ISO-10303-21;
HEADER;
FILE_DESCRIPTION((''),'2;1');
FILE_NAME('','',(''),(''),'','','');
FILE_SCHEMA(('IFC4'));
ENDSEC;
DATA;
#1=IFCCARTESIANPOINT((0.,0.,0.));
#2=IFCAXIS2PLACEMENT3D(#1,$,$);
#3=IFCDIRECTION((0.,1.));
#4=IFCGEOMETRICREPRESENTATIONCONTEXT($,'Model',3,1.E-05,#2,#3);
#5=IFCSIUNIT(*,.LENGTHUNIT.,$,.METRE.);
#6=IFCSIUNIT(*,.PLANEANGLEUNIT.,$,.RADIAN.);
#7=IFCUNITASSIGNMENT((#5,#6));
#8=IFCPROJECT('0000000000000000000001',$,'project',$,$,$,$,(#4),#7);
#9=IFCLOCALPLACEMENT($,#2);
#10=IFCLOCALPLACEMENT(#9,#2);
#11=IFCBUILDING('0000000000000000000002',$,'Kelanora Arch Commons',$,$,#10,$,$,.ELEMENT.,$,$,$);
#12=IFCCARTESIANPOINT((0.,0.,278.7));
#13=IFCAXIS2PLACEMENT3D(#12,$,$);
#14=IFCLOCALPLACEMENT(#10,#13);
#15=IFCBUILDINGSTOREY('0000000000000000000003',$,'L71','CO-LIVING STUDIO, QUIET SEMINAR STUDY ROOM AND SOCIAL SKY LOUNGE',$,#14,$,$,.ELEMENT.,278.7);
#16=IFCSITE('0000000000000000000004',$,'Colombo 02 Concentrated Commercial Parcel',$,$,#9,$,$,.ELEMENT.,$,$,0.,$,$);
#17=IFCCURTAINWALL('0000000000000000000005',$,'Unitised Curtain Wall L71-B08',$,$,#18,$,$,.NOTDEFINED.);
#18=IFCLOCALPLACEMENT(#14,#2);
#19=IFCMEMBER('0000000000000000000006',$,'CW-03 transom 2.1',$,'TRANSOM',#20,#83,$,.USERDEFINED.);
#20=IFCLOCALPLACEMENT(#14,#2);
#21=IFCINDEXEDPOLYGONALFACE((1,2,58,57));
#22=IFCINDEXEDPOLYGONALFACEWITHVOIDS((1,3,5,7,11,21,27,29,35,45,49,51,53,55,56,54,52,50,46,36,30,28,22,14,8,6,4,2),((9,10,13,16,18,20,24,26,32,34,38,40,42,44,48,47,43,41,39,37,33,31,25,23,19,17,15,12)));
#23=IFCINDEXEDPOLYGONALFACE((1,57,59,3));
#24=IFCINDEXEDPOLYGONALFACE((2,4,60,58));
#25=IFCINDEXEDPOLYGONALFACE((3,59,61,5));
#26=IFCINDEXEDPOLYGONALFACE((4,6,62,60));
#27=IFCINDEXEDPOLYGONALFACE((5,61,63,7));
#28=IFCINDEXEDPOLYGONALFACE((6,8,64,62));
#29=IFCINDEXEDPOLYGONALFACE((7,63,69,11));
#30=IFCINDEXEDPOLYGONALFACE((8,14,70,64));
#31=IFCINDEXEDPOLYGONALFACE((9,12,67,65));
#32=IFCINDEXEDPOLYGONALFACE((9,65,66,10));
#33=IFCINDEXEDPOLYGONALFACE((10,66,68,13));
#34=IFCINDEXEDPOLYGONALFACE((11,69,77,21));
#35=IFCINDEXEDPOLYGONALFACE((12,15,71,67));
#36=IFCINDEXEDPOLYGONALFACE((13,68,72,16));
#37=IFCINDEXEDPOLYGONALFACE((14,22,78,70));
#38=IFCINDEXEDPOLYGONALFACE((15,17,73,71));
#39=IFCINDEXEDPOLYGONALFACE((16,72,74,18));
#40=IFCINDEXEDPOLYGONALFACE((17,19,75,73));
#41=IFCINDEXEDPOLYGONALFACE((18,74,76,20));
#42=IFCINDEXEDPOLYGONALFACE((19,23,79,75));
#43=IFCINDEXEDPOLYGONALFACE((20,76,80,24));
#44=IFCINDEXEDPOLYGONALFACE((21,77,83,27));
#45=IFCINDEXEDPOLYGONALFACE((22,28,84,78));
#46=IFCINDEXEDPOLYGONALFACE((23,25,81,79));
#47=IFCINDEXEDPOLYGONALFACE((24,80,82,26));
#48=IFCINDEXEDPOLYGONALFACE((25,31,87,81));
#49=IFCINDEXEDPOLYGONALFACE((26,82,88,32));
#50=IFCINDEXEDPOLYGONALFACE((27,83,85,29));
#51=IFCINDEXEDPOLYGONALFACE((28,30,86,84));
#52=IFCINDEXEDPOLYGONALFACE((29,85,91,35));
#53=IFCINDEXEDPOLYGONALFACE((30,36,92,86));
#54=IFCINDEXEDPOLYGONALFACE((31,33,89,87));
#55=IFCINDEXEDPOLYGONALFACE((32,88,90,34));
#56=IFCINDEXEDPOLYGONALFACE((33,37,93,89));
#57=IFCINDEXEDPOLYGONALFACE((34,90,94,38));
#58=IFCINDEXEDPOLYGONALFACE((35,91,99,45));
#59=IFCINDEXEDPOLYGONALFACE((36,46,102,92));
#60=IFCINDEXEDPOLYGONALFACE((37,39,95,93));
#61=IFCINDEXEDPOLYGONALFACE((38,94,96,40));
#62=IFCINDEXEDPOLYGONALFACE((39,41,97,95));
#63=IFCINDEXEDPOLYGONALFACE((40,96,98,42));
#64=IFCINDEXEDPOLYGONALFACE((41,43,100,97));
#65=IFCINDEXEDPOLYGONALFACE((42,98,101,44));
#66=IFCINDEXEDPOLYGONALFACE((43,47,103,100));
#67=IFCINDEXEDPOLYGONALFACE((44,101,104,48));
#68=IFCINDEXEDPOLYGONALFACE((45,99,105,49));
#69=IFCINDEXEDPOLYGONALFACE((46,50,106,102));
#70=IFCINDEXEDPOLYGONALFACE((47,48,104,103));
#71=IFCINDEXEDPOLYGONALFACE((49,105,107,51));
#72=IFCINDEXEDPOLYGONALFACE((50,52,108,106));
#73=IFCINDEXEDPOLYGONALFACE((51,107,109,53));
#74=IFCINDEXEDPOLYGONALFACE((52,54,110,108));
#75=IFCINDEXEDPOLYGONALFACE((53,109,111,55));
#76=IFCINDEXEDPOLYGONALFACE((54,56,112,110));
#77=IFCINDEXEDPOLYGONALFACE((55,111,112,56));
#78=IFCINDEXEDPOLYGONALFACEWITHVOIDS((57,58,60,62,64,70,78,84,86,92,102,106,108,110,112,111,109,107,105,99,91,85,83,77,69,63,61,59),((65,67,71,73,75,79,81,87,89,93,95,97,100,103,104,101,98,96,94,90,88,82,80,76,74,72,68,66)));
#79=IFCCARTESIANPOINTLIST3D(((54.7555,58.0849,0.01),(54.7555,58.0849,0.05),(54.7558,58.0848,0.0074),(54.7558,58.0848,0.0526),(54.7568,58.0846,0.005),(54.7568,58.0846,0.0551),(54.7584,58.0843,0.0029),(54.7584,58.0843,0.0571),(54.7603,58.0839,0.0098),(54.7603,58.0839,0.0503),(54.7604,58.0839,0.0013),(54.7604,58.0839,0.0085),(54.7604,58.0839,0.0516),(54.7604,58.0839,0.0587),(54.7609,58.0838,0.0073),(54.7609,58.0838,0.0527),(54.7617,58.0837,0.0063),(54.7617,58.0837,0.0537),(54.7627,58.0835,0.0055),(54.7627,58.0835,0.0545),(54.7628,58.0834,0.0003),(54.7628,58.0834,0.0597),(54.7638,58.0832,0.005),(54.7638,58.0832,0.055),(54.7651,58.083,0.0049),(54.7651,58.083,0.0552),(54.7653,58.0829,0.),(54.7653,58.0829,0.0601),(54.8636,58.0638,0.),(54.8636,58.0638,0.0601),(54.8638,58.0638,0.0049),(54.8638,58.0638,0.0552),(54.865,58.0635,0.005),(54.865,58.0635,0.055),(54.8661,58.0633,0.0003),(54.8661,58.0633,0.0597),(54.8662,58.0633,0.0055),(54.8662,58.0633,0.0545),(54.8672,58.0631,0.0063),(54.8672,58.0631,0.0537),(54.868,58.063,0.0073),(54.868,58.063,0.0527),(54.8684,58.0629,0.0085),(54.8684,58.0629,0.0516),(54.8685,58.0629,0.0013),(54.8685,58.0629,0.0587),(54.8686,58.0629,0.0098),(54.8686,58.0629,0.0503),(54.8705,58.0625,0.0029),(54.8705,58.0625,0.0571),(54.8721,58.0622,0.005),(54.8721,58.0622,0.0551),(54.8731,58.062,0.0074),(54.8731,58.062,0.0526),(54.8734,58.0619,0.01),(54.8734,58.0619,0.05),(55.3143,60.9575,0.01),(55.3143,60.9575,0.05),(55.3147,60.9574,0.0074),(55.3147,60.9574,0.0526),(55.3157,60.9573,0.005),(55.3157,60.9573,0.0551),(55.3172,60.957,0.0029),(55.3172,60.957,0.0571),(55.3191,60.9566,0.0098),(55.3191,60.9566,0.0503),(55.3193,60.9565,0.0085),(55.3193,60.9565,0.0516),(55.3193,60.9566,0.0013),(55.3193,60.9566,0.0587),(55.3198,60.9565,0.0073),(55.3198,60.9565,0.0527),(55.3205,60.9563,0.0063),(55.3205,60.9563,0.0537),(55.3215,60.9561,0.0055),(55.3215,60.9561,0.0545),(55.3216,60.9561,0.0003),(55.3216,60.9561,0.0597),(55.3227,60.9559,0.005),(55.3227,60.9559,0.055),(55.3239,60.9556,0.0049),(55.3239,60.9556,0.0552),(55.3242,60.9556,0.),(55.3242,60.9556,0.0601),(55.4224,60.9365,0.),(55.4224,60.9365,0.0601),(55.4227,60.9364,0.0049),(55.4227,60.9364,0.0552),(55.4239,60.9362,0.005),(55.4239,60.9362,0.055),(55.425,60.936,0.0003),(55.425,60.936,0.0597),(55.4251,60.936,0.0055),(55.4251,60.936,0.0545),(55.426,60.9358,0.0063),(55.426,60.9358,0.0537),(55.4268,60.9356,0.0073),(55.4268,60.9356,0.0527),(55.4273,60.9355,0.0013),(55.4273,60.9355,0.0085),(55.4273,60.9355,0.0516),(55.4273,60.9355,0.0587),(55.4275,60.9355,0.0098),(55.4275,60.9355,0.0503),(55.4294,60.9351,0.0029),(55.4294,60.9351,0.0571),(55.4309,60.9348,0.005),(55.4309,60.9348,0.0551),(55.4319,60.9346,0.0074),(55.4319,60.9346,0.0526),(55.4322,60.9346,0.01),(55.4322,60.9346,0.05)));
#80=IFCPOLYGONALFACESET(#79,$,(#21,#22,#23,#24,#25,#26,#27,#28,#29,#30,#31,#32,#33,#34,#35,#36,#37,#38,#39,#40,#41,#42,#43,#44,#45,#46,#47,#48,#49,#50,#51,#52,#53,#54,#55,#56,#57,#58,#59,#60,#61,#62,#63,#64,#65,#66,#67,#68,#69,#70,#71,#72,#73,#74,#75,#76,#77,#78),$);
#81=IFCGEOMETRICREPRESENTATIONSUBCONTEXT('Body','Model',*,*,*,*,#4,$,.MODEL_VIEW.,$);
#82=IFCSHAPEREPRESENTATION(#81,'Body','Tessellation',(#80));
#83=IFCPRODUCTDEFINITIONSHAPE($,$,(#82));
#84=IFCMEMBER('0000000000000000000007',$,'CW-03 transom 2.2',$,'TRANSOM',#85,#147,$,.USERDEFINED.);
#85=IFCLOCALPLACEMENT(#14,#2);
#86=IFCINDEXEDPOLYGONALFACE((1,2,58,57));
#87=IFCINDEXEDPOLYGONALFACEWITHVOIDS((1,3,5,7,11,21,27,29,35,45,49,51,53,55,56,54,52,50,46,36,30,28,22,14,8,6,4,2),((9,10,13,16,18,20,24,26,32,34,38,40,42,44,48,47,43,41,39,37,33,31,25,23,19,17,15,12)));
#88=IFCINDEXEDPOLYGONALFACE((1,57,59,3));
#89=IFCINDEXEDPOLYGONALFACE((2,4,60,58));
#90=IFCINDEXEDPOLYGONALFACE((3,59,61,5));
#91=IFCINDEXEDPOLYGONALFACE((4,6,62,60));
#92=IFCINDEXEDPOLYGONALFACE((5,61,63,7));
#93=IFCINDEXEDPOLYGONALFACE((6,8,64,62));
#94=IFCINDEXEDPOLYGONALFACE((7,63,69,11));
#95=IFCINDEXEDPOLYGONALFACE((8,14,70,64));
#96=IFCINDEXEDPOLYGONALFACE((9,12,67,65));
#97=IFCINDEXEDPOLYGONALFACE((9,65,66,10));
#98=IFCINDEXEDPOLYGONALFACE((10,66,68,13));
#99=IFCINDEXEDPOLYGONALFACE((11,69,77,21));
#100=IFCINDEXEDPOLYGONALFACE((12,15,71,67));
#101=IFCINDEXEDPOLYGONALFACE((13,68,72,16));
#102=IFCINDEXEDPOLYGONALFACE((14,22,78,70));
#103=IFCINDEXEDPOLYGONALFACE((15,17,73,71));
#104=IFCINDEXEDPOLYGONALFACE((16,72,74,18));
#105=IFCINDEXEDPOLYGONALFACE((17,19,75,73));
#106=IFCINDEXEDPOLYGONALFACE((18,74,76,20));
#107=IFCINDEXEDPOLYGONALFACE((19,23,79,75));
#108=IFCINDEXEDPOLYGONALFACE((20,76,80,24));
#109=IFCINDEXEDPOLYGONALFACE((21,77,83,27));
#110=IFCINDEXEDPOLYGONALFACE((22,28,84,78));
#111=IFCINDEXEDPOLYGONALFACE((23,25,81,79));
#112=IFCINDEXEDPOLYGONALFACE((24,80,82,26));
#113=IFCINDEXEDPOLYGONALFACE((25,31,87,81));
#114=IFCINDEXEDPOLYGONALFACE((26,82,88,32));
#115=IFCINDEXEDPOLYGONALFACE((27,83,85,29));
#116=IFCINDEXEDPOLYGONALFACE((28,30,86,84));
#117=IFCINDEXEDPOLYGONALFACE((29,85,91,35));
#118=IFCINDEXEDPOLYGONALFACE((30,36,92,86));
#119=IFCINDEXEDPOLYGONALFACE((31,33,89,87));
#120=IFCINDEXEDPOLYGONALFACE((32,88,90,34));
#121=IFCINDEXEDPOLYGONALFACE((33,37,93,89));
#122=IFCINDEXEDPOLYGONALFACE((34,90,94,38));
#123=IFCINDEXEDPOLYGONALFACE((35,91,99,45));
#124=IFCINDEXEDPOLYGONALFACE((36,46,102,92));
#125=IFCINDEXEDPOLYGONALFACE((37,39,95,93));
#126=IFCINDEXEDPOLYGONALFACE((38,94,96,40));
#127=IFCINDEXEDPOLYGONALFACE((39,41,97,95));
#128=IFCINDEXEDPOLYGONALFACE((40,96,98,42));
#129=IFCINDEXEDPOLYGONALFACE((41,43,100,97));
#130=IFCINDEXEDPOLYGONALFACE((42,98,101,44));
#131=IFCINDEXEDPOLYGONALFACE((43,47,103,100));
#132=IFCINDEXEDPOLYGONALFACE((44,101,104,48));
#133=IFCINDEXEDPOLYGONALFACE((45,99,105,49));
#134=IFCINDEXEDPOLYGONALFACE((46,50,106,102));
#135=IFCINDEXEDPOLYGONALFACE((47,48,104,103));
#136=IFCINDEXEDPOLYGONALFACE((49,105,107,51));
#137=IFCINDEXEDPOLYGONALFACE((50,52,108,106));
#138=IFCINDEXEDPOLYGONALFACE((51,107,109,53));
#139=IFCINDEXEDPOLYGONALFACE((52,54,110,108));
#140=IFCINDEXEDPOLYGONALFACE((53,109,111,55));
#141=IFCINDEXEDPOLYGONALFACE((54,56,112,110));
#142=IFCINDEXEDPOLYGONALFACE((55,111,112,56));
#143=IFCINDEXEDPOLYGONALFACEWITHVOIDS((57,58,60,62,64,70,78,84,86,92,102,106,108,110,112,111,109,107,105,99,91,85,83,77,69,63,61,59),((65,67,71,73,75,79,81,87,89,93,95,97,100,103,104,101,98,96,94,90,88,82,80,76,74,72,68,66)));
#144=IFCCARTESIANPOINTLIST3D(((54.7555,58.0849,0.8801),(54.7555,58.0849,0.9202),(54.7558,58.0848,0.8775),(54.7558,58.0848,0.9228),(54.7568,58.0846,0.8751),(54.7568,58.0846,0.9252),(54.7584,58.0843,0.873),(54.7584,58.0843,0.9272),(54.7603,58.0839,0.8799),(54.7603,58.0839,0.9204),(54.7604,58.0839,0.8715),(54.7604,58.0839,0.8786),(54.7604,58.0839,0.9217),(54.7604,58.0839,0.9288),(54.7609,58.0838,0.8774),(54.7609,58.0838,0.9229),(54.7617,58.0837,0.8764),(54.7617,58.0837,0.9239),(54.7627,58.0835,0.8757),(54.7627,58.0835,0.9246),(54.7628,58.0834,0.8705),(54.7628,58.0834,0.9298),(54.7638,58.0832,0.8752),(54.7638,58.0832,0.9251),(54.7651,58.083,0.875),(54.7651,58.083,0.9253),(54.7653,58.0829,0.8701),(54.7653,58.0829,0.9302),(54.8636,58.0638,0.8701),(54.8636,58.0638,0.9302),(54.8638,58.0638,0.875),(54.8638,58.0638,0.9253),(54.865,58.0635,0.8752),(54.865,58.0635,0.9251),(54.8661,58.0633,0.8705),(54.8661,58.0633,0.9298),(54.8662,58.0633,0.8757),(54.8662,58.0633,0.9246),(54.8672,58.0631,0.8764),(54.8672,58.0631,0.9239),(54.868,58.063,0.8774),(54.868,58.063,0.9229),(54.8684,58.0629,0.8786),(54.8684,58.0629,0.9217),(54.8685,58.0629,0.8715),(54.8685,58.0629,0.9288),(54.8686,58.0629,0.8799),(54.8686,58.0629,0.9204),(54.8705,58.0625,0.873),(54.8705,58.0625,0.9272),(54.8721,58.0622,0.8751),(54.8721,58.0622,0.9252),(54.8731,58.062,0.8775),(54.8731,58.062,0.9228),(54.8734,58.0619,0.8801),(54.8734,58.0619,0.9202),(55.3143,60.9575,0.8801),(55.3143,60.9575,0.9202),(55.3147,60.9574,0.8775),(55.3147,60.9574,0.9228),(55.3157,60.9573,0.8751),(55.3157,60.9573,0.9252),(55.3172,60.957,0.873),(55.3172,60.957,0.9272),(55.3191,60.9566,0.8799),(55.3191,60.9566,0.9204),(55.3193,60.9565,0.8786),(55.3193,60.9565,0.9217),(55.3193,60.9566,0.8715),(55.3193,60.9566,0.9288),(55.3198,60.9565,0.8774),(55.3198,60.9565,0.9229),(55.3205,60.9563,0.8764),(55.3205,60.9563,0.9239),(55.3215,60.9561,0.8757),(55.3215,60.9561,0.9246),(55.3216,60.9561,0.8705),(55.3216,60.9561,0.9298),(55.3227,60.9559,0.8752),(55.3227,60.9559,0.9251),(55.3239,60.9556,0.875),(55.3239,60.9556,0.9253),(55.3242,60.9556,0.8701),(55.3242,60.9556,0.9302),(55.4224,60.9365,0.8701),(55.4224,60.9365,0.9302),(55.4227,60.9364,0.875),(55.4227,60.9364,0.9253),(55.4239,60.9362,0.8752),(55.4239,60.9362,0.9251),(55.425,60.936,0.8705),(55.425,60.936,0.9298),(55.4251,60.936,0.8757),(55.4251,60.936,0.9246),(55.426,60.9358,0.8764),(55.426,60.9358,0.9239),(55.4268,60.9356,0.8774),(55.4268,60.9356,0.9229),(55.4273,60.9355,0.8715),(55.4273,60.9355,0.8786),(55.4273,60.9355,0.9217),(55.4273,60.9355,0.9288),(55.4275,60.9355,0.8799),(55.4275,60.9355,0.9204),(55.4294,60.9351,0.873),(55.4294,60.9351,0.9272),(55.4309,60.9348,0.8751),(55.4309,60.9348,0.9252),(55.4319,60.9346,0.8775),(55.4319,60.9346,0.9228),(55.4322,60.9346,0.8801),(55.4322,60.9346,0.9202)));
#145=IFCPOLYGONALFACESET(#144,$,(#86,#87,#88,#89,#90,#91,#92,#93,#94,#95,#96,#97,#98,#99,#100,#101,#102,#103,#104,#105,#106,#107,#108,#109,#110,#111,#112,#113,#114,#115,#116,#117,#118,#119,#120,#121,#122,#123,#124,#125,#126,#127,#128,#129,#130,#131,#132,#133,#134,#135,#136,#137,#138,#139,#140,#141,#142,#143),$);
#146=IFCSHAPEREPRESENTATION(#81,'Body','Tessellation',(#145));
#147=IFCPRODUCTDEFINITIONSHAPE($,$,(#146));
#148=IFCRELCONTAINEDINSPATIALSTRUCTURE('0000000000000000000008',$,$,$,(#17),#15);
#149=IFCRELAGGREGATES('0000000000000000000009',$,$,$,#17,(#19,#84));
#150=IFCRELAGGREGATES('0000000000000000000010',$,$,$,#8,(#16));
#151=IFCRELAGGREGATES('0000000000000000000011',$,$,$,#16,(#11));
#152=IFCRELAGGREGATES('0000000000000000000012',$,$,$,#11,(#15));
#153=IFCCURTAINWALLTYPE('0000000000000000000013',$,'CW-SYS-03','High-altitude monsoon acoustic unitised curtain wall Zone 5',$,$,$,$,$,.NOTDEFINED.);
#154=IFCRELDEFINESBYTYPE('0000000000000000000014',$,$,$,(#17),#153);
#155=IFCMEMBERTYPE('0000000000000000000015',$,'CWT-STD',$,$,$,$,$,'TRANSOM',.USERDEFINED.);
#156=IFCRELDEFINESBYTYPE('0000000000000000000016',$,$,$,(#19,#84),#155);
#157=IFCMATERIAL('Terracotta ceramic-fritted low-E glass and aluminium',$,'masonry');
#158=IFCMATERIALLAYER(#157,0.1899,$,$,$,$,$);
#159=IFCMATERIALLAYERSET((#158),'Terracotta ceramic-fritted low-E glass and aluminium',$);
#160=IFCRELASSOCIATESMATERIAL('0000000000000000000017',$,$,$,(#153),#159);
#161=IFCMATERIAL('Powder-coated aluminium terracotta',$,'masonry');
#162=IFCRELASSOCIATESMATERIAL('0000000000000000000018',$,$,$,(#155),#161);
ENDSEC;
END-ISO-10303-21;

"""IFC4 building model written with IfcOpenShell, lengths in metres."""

from ifc_helpers import new_model, si_unit, direction, frame, origin, origin_2d, place, context, subcontext, project, spatial, hollow_rectangle, extrude, material, layer, layer_set, material_profile, profile_set, type_object, element, aggregate, save


model = new_model("IFC4")

# Units and contexts
model_context = context("Model", 3, precision=1e-05, world=origin(), true_north=direction((0.0, 1.0)))
body_context = subcontext(model_context, "Body", "Model", "MODEL_VIEW")
ifc_project = project(units=[si_unit("LENGTHUNIT", "METRE"), si_unit("PLANEANGLEUNIT", "RADIAN")], contexts=[model_context])

# Site, building, storey
site_placement = place(None, origin())
site = spatial("IfcSite", under=ifc_project, at=site_placement, Name="Colombo 02 Concentrated Commercial Parcel", CompositionType="ELEMENT", RefElevation=0.0)
building_placement = place(site_placement, origin())
building = spatial("IfcBuilding", under=site, at=building_placement, Name="Kelanora Arch Commons", CompositionType="ELEMENT")
storey_placement = place(building_placement, frame((0.0, 0.0, 278.7)))
storey = spatial("IfcBuildingStorey", under=building, at=storey_placement, Name="L71", Description="CO-LIVING STUDIO, QUIET SEMINAR STUDY ROOM AND SOCIAL SKY LOUNGE", CompositionType="ELEMENT", Elevation=278.7)

# Curtain wall, members
ifc_material_1 = material(Name="Terracotta ceramic-fritted low-E glass and aluminium", Category="masonry")
ifc_layer_1 = layer(ifc_material_1, 0.1899)
ifc_layer_set_1 = layer_set([ifc_layer_1], Name="Terracotta ceramic-fritted low-E glass and aluminium")
curtain_wall_type = type_object("IfcCurtainWallType", Name="CW-SYS-03", Description="High-altitude monsoon acoustic unitised curtain wall Zone 5", PredefinedType="NOTDEFINED", material=ifc_layer_set_1)
curtain_wall_placement = place(storey_placement, origin())
curtain_wall = element("IfcCurtainWall", 1, at=curtain_wall_placement, inside=storey, type_object=curtain_wall_type, Name="Unitised Curtain Wall L71-B08", PredefinedType="NOTDEFINED")
ifc_material_2 = material(Name="Powder-coated aluminium terracotta", Category="masonry")
ifc_material_profile_1 = material_profile(ifc_material_2, hollow_rectangle(XDim=0.1201, YDim=0.0601, WallThickness=0.0049, InnerFilletRadius=0.0049, OuterFilletRadius=0.01, at=origin_2d()), Name="CWT120x60")
ifc_profile_set_1 = profile_set([ifc_material_profile_1], Name="Powder-coated aluminium terracotta")
member_type_1 = type_object("IfcMemberType", Name="CWT-STD", ElementType="TRANSOM", PredefinedType="USERDEFINED", material=ifc_profile_set_1)
member_1_placement = place(storey_placement, frame((55.3733, 60.946, 0.03), z_axis=(-0.190963, -0.981597, 0.0), x_axis=(0.981597, -0.190963, 0.0)))
member_1 = element("IfcMember", 2, at=member_1_placement, type_object=member_type_1, Name="CW-03 transom 2.1", ObjectType="TRANSOM", PredefinedType="USERDEFINED", context=body_context, shape_type="SweptSolid", body=[
    extrude(hollow_rectangle(XDim=0.1201, YDim=0.0601, WallThickness=0.0049, InnerFilletRadius=0.0049, OuterFilletRadius=0.01, at=origin_2d()), origin(), (0.0, 0.0, 1.0), 2.9265),
])
member_2_placement = place(storey_placement, frame((55.3733, 60.946, 0.9001), z_axis=(-0.190963, -0.981597, 0.0), x_axis=(0.981597, -0.190963, 0.0)))
member_2 = element("IfcMember", 3, at=member_2_placement, type_object=member_type_1, Name="CW-03 transom 2.2", ObjectType="TRANSOM", PredefinedType="USERDEFINED", context=body_context, shape_type="SweptSolid", body=[
    extrude(hollow_rectangle(XDim=0.1201, YDim=0.0601, WallThickness=0.0049, InnerFilletRadius=0.0049, OuterFilletRadius=0.01, at=origin_2d()), origin(), (0.0, 0.0, 1.0), 2.9265),
])
aggregate(curtain_wall, [member_1, member_2])

save(model, "model.ifc")
